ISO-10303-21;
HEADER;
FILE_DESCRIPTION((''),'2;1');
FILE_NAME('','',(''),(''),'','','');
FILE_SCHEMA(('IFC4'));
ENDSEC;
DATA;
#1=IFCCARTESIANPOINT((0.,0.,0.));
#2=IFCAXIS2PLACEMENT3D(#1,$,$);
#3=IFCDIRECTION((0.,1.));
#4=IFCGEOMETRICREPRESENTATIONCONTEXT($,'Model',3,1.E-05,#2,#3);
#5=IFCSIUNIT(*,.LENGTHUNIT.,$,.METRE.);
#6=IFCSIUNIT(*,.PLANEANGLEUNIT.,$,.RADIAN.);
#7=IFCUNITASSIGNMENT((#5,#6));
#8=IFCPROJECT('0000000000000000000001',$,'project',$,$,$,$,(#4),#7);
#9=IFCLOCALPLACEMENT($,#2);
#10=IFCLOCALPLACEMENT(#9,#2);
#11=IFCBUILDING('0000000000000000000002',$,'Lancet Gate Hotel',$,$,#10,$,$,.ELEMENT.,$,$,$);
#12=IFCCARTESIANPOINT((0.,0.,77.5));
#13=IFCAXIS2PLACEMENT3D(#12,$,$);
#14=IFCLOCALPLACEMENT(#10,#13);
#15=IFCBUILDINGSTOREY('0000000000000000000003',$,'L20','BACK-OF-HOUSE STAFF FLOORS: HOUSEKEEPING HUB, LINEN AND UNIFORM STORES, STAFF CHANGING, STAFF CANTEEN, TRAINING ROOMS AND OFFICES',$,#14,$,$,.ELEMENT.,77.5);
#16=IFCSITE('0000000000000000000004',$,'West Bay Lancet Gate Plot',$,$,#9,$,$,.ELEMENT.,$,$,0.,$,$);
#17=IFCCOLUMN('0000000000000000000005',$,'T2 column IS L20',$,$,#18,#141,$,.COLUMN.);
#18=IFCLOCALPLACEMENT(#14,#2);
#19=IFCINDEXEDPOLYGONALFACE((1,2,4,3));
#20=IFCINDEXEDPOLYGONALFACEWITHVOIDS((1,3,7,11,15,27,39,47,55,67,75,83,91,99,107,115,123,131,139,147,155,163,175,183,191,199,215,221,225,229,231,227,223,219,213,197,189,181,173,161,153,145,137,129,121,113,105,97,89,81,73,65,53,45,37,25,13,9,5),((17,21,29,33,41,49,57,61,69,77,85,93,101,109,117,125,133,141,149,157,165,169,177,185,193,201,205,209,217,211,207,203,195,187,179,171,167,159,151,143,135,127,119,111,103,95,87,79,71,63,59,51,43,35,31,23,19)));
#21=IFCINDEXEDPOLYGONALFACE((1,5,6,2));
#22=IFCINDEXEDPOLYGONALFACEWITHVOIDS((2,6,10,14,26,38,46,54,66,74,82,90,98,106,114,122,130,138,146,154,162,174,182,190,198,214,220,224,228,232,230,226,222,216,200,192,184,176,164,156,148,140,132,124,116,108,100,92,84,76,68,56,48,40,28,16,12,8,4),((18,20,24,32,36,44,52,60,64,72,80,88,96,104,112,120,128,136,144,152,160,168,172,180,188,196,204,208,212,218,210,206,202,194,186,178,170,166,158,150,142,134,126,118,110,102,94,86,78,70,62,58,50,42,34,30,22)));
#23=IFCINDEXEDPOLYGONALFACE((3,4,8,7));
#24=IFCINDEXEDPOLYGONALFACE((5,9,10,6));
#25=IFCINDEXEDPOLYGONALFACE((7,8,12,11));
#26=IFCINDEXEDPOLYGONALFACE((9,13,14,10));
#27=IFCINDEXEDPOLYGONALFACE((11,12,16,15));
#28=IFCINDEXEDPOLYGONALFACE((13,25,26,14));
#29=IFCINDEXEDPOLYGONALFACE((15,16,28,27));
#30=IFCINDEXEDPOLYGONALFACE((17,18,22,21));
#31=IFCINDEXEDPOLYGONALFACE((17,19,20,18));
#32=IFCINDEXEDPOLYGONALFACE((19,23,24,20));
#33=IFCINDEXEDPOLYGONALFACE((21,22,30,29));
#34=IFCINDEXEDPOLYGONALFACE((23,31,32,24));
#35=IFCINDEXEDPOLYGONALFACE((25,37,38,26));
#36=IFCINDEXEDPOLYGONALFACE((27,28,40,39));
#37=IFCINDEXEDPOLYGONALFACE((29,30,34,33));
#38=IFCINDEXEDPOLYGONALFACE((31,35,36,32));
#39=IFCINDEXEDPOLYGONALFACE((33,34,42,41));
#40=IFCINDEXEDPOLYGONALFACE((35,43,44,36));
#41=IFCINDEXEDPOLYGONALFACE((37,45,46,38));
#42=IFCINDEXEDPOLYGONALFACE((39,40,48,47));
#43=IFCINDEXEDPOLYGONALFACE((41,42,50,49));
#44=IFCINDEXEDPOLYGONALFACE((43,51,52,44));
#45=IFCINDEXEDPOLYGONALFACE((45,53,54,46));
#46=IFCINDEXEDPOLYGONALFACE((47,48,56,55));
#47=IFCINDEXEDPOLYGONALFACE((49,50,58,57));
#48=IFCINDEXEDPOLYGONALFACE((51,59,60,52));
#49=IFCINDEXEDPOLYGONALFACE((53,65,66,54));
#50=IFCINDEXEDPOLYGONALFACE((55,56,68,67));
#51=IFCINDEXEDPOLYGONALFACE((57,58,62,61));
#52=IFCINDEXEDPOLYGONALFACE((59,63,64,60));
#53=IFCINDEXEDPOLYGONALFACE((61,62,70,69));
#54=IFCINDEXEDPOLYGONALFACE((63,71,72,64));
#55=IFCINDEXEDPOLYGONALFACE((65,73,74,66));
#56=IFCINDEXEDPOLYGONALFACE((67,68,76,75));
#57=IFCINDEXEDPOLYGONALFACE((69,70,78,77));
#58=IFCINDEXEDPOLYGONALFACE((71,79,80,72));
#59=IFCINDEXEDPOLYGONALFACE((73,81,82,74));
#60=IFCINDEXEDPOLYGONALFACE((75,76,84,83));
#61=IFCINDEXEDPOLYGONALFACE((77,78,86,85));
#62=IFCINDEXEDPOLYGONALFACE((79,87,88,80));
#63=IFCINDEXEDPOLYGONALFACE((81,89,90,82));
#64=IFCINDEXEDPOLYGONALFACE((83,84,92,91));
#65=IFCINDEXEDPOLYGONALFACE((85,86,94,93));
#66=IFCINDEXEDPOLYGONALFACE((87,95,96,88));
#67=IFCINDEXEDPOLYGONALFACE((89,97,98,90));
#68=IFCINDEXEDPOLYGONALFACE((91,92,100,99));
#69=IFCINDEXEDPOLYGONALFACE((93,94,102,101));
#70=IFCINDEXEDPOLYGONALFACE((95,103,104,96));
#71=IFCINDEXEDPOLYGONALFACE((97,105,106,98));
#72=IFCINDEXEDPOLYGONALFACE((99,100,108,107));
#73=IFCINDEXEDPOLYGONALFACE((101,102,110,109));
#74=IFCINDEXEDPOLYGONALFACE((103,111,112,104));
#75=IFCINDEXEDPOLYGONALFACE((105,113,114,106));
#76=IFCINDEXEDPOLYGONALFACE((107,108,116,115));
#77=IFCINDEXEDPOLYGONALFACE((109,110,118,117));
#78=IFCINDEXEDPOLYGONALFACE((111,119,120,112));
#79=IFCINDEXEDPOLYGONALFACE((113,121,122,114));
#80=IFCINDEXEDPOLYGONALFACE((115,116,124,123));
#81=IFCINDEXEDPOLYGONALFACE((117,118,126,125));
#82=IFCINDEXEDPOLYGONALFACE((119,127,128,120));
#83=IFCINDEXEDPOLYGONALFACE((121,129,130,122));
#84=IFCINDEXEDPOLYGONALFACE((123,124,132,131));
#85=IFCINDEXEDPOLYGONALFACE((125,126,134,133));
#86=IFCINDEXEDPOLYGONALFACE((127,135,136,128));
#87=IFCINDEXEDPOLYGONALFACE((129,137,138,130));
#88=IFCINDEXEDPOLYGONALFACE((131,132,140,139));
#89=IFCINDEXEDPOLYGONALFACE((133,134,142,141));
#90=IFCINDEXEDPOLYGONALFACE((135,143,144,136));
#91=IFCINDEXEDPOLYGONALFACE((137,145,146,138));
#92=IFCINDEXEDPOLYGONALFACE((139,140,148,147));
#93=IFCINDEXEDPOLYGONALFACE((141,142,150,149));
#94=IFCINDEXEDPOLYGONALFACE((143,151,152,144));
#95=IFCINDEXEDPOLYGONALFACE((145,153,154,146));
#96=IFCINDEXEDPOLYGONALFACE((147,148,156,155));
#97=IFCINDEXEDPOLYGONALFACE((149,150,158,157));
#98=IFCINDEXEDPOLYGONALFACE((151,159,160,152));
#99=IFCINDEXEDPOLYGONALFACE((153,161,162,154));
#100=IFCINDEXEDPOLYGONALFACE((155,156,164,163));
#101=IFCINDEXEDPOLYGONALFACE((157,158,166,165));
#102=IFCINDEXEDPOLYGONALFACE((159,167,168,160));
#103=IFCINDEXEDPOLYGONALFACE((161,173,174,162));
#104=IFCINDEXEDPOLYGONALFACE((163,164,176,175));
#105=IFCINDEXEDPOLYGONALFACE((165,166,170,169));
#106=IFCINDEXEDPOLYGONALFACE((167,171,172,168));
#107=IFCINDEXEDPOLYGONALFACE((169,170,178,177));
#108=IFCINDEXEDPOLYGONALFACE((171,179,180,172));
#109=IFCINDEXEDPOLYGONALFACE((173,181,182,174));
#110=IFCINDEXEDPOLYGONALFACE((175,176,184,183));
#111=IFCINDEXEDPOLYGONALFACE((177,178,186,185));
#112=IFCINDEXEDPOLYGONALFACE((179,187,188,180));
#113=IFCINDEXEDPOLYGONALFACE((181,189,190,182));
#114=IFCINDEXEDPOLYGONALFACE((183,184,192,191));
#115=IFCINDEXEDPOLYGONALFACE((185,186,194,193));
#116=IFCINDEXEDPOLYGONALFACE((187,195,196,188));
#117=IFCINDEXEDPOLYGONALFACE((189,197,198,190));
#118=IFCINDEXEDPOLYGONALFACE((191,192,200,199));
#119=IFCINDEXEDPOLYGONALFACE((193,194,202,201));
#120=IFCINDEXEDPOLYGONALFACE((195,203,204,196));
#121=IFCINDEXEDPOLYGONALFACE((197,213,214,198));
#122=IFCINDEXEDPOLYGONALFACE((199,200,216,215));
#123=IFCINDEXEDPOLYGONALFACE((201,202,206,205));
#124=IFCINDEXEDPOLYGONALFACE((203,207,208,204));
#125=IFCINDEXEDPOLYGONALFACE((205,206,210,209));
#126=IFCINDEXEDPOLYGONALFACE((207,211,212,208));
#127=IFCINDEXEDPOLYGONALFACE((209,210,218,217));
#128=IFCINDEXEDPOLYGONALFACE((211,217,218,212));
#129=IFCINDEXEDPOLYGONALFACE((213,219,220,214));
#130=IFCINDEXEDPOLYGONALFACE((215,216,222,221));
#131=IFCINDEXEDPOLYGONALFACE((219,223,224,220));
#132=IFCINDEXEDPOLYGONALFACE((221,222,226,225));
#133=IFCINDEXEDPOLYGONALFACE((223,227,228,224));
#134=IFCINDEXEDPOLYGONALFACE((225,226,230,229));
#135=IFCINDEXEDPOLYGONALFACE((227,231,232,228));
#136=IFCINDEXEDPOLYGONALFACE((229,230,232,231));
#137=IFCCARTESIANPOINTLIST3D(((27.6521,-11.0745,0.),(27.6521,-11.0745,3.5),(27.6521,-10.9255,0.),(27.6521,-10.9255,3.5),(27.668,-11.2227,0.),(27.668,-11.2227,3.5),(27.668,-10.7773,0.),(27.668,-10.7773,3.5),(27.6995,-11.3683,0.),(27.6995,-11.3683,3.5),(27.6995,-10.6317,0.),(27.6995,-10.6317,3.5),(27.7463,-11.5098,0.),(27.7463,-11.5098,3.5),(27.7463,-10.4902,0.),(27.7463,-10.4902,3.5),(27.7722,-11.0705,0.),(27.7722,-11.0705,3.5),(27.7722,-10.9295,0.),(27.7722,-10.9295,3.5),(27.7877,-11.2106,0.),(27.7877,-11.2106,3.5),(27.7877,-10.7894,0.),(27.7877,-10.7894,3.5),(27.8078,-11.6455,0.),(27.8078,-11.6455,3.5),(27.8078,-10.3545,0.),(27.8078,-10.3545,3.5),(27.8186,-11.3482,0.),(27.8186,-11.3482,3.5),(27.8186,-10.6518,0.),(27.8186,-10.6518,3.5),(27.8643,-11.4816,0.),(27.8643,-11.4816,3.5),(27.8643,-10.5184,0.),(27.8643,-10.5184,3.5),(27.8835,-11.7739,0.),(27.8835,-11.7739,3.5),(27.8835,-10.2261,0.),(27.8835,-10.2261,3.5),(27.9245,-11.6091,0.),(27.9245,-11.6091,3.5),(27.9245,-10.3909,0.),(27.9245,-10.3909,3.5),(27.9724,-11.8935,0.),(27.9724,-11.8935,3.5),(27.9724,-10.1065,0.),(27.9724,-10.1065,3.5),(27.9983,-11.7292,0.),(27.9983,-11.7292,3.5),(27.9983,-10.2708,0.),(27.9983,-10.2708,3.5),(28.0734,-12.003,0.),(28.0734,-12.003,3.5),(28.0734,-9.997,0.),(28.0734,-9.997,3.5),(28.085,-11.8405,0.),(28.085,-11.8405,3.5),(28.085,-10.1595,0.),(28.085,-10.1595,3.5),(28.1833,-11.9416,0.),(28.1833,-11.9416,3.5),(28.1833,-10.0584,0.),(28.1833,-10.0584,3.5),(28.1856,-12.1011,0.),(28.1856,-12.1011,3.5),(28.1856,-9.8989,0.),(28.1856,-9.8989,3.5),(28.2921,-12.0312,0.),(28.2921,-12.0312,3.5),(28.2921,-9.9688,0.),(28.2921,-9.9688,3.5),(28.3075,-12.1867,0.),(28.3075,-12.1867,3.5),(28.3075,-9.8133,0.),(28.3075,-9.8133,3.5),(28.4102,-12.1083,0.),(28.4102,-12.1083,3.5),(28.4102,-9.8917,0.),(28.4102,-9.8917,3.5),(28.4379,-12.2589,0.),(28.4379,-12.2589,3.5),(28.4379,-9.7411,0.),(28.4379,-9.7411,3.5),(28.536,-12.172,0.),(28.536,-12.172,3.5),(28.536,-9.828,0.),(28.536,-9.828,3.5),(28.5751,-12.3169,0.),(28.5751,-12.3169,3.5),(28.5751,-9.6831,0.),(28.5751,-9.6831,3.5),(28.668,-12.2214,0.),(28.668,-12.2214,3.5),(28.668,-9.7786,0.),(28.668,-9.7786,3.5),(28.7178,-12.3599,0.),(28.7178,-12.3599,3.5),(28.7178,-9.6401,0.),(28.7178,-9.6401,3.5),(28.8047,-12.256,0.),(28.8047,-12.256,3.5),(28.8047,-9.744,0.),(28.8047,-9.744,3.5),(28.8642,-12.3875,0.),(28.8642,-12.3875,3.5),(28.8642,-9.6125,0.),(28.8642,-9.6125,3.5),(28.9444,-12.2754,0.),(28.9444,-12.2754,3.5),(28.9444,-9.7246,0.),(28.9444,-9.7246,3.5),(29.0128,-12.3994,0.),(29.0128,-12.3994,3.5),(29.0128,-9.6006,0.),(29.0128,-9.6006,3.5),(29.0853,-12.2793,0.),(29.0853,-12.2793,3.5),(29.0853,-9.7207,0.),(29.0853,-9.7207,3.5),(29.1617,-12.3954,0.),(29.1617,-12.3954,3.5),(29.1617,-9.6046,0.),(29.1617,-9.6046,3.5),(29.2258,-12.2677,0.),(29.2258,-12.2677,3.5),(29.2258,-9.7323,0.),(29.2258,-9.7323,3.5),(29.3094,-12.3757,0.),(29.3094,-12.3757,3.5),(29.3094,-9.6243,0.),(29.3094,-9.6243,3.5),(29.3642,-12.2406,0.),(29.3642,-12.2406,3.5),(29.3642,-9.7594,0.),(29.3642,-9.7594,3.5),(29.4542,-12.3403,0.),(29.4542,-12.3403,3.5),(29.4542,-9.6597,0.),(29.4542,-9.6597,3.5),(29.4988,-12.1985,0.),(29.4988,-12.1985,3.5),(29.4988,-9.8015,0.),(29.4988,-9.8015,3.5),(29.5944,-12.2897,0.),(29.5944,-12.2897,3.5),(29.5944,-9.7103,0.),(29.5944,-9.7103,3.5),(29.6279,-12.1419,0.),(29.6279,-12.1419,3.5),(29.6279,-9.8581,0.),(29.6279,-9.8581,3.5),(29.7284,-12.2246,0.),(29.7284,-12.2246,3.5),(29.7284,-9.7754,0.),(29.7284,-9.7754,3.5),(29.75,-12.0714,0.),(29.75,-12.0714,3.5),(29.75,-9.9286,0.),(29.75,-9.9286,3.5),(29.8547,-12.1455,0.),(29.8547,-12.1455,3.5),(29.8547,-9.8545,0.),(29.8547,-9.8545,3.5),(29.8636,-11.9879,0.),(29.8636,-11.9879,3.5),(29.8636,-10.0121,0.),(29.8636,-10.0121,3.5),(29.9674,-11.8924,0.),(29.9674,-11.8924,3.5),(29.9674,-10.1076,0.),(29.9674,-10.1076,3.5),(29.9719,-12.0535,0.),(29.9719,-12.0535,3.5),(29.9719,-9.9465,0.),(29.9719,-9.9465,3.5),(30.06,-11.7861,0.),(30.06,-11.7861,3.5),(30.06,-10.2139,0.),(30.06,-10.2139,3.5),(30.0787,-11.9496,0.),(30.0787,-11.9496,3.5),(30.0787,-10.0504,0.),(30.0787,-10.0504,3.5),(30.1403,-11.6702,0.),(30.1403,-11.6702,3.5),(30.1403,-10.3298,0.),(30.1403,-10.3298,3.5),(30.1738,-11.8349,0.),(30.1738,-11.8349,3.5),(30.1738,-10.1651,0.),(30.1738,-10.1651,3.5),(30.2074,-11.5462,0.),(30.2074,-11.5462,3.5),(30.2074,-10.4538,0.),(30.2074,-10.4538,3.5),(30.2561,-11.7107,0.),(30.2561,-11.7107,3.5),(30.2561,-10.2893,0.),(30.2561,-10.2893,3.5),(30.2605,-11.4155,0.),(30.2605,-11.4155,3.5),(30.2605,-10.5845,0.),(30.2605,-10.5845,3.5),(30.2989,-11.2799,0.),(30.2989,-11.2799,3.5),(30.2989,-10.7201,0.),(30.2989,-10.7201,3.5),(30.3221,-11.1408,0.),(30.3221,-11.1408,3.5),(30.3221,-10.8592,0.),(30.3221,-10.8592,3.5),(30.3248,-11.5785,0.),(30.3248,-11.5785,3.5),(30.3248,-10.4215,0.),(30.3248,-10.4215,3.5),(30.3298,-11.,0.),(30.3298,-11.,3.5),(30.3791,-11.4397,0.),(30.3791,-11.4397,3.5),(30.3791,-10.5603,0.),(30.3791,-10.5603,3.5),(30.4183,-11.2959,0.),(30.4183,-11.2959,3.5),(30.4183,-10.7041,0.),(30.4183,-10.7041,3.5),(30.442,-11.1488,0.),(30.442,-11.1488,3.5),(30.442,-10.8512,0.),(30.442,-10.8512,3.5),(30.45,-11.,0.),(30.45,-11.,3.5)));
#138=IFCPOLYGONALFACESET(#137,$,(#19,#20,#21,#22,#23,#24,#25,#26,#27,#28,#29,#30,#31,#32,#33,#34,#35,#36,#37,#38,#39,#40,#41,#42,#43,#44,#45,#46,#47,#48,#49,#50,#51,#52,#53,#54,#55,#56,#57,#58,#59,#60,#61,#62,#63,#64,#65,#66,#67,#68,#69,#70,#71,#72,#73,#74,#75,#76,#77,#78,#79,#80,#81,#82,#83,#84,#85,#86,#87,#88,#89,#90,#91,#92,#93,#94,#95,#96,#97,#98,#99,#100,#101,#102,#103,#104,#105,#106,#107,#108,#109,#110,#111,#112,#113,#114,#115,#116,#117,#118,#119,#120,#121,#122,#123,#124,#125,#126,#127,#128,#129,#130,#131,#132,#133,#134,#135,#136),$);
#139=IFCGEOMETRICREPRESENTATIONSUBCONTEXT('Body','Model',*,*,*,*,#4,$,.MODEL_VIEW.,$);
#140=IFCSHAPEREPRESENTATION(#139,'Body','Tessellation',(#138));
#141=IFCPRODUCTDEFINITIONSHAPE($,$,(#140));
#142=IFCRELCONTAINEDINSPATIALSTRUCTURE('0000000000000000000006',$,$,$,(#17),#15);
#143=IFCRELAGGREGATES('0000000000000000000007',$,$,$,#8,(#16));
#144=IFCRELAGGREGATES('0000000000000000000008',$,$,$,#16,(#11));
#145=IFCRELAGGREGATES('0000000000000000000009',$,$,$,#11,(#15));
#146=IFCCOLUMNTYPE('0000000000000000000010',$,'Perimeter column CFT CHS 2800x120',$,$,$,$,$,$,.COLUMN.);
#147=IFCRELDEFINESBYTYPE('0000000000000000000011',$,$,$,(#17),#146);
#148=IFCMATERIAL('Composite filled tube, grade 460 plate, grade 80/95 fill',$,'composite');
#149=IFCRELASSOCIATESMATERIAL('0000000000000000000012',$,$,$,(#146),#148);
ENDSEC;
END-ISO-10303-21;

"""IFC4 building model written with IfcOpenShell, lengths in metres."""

from ifc_helpers import new_model, si_unit, direction, frame, origin, origin_2d, place, context, subcontext, project, spatial, hollow_circle, extrude, material, material_profile, profile_set, type_object, element, save


model = new_model("IFC4")

# Units and contexts
model_context = context("Model", 3, precision=1e-05, world=origin(), true_north=direction((0.0, 1.0)))
body_context = subcontext(model_context, "Body", "Model", "MODEL_VIEW")
ifc_project = project(units=[si_unit("LENGTHUNIT", "METRE"), si_unit("PLANEANGLEUNIT", "RADIAN")], contexts=[model_context])

# Site, building, storey
site_placement = place(None, origin())
site = spatial("IfcSite", under=ifc_project, at=site_placement, Name="West Bay Lancet Gate Plot", CompositionType="ELEMENT", RefElevation=0.0)
building_placement = place(site_placement, origin())
building = spatial("IfcBuilding", under=site, at=building_placement, Name="Lancet Gate Hotel", CompositionType="ELEMENT")
storey_placement = place(building_placement, frame((0.0, 0.0, 77.5)))
storey = spatial("IfcBuildingStorey", under=building, at=storey_placement, Name="L20", Description="BACK-OF-HOUSE STAFF FLOORS: HOUSEKEEPING HUB, LINEN AND UNIFORM STORES, STAFF CHANGING, STAFF CANTEEN, TRAINING ROOMS AND OFFICES", CompositionType="ELEMENT", Elevation=77.5)

# Column
ifc_material_1 = material(Name="Composite filled tube, grade 460 plate, grade 80/95 fill", Category="composite")
ifc_material_profile_1 = material_profile(ifc_material_1, hollow_circle(Radius=1.3999, WallThickness=0.1201, at=origin_2d()), Name="CHS 2800x120")
ifc_profile_set_1 = profile_set([ifc_material_profile_1], Name="Composite filled tube, grade 460 plate, grade 80/95 fill")
column_type = type_object("IfcColumnType", Name="Perimeter column CFT CHS 2800x120", PredefinedType="COLUMN", material=ifc_profile_set_1)
for number, where, z_axis, x_axis, name in (
    (1, (29.05, -11.0, 0.0), (0.0, 0.0, 1.0), (1.0, 0.0, 0.0), "T2 column IS L20"),
):
    element("IfcColumn", number, at=place(storey_placement, frame(where, z_axis=z_axis, x_axis=x_axis)), inside=storey, type_object=column_type, Name=name, PredefinedType="COLUMN", context=body_context, shape_type="SweptSolid", body=[
        extrude(hollow_circle(Radius=1.3999, WallThickness=0.1201, at=origin_2d()), origin(), (0.0, 0.0, 1.0), 3.5),
    ])

save(model, "model.ifc")
